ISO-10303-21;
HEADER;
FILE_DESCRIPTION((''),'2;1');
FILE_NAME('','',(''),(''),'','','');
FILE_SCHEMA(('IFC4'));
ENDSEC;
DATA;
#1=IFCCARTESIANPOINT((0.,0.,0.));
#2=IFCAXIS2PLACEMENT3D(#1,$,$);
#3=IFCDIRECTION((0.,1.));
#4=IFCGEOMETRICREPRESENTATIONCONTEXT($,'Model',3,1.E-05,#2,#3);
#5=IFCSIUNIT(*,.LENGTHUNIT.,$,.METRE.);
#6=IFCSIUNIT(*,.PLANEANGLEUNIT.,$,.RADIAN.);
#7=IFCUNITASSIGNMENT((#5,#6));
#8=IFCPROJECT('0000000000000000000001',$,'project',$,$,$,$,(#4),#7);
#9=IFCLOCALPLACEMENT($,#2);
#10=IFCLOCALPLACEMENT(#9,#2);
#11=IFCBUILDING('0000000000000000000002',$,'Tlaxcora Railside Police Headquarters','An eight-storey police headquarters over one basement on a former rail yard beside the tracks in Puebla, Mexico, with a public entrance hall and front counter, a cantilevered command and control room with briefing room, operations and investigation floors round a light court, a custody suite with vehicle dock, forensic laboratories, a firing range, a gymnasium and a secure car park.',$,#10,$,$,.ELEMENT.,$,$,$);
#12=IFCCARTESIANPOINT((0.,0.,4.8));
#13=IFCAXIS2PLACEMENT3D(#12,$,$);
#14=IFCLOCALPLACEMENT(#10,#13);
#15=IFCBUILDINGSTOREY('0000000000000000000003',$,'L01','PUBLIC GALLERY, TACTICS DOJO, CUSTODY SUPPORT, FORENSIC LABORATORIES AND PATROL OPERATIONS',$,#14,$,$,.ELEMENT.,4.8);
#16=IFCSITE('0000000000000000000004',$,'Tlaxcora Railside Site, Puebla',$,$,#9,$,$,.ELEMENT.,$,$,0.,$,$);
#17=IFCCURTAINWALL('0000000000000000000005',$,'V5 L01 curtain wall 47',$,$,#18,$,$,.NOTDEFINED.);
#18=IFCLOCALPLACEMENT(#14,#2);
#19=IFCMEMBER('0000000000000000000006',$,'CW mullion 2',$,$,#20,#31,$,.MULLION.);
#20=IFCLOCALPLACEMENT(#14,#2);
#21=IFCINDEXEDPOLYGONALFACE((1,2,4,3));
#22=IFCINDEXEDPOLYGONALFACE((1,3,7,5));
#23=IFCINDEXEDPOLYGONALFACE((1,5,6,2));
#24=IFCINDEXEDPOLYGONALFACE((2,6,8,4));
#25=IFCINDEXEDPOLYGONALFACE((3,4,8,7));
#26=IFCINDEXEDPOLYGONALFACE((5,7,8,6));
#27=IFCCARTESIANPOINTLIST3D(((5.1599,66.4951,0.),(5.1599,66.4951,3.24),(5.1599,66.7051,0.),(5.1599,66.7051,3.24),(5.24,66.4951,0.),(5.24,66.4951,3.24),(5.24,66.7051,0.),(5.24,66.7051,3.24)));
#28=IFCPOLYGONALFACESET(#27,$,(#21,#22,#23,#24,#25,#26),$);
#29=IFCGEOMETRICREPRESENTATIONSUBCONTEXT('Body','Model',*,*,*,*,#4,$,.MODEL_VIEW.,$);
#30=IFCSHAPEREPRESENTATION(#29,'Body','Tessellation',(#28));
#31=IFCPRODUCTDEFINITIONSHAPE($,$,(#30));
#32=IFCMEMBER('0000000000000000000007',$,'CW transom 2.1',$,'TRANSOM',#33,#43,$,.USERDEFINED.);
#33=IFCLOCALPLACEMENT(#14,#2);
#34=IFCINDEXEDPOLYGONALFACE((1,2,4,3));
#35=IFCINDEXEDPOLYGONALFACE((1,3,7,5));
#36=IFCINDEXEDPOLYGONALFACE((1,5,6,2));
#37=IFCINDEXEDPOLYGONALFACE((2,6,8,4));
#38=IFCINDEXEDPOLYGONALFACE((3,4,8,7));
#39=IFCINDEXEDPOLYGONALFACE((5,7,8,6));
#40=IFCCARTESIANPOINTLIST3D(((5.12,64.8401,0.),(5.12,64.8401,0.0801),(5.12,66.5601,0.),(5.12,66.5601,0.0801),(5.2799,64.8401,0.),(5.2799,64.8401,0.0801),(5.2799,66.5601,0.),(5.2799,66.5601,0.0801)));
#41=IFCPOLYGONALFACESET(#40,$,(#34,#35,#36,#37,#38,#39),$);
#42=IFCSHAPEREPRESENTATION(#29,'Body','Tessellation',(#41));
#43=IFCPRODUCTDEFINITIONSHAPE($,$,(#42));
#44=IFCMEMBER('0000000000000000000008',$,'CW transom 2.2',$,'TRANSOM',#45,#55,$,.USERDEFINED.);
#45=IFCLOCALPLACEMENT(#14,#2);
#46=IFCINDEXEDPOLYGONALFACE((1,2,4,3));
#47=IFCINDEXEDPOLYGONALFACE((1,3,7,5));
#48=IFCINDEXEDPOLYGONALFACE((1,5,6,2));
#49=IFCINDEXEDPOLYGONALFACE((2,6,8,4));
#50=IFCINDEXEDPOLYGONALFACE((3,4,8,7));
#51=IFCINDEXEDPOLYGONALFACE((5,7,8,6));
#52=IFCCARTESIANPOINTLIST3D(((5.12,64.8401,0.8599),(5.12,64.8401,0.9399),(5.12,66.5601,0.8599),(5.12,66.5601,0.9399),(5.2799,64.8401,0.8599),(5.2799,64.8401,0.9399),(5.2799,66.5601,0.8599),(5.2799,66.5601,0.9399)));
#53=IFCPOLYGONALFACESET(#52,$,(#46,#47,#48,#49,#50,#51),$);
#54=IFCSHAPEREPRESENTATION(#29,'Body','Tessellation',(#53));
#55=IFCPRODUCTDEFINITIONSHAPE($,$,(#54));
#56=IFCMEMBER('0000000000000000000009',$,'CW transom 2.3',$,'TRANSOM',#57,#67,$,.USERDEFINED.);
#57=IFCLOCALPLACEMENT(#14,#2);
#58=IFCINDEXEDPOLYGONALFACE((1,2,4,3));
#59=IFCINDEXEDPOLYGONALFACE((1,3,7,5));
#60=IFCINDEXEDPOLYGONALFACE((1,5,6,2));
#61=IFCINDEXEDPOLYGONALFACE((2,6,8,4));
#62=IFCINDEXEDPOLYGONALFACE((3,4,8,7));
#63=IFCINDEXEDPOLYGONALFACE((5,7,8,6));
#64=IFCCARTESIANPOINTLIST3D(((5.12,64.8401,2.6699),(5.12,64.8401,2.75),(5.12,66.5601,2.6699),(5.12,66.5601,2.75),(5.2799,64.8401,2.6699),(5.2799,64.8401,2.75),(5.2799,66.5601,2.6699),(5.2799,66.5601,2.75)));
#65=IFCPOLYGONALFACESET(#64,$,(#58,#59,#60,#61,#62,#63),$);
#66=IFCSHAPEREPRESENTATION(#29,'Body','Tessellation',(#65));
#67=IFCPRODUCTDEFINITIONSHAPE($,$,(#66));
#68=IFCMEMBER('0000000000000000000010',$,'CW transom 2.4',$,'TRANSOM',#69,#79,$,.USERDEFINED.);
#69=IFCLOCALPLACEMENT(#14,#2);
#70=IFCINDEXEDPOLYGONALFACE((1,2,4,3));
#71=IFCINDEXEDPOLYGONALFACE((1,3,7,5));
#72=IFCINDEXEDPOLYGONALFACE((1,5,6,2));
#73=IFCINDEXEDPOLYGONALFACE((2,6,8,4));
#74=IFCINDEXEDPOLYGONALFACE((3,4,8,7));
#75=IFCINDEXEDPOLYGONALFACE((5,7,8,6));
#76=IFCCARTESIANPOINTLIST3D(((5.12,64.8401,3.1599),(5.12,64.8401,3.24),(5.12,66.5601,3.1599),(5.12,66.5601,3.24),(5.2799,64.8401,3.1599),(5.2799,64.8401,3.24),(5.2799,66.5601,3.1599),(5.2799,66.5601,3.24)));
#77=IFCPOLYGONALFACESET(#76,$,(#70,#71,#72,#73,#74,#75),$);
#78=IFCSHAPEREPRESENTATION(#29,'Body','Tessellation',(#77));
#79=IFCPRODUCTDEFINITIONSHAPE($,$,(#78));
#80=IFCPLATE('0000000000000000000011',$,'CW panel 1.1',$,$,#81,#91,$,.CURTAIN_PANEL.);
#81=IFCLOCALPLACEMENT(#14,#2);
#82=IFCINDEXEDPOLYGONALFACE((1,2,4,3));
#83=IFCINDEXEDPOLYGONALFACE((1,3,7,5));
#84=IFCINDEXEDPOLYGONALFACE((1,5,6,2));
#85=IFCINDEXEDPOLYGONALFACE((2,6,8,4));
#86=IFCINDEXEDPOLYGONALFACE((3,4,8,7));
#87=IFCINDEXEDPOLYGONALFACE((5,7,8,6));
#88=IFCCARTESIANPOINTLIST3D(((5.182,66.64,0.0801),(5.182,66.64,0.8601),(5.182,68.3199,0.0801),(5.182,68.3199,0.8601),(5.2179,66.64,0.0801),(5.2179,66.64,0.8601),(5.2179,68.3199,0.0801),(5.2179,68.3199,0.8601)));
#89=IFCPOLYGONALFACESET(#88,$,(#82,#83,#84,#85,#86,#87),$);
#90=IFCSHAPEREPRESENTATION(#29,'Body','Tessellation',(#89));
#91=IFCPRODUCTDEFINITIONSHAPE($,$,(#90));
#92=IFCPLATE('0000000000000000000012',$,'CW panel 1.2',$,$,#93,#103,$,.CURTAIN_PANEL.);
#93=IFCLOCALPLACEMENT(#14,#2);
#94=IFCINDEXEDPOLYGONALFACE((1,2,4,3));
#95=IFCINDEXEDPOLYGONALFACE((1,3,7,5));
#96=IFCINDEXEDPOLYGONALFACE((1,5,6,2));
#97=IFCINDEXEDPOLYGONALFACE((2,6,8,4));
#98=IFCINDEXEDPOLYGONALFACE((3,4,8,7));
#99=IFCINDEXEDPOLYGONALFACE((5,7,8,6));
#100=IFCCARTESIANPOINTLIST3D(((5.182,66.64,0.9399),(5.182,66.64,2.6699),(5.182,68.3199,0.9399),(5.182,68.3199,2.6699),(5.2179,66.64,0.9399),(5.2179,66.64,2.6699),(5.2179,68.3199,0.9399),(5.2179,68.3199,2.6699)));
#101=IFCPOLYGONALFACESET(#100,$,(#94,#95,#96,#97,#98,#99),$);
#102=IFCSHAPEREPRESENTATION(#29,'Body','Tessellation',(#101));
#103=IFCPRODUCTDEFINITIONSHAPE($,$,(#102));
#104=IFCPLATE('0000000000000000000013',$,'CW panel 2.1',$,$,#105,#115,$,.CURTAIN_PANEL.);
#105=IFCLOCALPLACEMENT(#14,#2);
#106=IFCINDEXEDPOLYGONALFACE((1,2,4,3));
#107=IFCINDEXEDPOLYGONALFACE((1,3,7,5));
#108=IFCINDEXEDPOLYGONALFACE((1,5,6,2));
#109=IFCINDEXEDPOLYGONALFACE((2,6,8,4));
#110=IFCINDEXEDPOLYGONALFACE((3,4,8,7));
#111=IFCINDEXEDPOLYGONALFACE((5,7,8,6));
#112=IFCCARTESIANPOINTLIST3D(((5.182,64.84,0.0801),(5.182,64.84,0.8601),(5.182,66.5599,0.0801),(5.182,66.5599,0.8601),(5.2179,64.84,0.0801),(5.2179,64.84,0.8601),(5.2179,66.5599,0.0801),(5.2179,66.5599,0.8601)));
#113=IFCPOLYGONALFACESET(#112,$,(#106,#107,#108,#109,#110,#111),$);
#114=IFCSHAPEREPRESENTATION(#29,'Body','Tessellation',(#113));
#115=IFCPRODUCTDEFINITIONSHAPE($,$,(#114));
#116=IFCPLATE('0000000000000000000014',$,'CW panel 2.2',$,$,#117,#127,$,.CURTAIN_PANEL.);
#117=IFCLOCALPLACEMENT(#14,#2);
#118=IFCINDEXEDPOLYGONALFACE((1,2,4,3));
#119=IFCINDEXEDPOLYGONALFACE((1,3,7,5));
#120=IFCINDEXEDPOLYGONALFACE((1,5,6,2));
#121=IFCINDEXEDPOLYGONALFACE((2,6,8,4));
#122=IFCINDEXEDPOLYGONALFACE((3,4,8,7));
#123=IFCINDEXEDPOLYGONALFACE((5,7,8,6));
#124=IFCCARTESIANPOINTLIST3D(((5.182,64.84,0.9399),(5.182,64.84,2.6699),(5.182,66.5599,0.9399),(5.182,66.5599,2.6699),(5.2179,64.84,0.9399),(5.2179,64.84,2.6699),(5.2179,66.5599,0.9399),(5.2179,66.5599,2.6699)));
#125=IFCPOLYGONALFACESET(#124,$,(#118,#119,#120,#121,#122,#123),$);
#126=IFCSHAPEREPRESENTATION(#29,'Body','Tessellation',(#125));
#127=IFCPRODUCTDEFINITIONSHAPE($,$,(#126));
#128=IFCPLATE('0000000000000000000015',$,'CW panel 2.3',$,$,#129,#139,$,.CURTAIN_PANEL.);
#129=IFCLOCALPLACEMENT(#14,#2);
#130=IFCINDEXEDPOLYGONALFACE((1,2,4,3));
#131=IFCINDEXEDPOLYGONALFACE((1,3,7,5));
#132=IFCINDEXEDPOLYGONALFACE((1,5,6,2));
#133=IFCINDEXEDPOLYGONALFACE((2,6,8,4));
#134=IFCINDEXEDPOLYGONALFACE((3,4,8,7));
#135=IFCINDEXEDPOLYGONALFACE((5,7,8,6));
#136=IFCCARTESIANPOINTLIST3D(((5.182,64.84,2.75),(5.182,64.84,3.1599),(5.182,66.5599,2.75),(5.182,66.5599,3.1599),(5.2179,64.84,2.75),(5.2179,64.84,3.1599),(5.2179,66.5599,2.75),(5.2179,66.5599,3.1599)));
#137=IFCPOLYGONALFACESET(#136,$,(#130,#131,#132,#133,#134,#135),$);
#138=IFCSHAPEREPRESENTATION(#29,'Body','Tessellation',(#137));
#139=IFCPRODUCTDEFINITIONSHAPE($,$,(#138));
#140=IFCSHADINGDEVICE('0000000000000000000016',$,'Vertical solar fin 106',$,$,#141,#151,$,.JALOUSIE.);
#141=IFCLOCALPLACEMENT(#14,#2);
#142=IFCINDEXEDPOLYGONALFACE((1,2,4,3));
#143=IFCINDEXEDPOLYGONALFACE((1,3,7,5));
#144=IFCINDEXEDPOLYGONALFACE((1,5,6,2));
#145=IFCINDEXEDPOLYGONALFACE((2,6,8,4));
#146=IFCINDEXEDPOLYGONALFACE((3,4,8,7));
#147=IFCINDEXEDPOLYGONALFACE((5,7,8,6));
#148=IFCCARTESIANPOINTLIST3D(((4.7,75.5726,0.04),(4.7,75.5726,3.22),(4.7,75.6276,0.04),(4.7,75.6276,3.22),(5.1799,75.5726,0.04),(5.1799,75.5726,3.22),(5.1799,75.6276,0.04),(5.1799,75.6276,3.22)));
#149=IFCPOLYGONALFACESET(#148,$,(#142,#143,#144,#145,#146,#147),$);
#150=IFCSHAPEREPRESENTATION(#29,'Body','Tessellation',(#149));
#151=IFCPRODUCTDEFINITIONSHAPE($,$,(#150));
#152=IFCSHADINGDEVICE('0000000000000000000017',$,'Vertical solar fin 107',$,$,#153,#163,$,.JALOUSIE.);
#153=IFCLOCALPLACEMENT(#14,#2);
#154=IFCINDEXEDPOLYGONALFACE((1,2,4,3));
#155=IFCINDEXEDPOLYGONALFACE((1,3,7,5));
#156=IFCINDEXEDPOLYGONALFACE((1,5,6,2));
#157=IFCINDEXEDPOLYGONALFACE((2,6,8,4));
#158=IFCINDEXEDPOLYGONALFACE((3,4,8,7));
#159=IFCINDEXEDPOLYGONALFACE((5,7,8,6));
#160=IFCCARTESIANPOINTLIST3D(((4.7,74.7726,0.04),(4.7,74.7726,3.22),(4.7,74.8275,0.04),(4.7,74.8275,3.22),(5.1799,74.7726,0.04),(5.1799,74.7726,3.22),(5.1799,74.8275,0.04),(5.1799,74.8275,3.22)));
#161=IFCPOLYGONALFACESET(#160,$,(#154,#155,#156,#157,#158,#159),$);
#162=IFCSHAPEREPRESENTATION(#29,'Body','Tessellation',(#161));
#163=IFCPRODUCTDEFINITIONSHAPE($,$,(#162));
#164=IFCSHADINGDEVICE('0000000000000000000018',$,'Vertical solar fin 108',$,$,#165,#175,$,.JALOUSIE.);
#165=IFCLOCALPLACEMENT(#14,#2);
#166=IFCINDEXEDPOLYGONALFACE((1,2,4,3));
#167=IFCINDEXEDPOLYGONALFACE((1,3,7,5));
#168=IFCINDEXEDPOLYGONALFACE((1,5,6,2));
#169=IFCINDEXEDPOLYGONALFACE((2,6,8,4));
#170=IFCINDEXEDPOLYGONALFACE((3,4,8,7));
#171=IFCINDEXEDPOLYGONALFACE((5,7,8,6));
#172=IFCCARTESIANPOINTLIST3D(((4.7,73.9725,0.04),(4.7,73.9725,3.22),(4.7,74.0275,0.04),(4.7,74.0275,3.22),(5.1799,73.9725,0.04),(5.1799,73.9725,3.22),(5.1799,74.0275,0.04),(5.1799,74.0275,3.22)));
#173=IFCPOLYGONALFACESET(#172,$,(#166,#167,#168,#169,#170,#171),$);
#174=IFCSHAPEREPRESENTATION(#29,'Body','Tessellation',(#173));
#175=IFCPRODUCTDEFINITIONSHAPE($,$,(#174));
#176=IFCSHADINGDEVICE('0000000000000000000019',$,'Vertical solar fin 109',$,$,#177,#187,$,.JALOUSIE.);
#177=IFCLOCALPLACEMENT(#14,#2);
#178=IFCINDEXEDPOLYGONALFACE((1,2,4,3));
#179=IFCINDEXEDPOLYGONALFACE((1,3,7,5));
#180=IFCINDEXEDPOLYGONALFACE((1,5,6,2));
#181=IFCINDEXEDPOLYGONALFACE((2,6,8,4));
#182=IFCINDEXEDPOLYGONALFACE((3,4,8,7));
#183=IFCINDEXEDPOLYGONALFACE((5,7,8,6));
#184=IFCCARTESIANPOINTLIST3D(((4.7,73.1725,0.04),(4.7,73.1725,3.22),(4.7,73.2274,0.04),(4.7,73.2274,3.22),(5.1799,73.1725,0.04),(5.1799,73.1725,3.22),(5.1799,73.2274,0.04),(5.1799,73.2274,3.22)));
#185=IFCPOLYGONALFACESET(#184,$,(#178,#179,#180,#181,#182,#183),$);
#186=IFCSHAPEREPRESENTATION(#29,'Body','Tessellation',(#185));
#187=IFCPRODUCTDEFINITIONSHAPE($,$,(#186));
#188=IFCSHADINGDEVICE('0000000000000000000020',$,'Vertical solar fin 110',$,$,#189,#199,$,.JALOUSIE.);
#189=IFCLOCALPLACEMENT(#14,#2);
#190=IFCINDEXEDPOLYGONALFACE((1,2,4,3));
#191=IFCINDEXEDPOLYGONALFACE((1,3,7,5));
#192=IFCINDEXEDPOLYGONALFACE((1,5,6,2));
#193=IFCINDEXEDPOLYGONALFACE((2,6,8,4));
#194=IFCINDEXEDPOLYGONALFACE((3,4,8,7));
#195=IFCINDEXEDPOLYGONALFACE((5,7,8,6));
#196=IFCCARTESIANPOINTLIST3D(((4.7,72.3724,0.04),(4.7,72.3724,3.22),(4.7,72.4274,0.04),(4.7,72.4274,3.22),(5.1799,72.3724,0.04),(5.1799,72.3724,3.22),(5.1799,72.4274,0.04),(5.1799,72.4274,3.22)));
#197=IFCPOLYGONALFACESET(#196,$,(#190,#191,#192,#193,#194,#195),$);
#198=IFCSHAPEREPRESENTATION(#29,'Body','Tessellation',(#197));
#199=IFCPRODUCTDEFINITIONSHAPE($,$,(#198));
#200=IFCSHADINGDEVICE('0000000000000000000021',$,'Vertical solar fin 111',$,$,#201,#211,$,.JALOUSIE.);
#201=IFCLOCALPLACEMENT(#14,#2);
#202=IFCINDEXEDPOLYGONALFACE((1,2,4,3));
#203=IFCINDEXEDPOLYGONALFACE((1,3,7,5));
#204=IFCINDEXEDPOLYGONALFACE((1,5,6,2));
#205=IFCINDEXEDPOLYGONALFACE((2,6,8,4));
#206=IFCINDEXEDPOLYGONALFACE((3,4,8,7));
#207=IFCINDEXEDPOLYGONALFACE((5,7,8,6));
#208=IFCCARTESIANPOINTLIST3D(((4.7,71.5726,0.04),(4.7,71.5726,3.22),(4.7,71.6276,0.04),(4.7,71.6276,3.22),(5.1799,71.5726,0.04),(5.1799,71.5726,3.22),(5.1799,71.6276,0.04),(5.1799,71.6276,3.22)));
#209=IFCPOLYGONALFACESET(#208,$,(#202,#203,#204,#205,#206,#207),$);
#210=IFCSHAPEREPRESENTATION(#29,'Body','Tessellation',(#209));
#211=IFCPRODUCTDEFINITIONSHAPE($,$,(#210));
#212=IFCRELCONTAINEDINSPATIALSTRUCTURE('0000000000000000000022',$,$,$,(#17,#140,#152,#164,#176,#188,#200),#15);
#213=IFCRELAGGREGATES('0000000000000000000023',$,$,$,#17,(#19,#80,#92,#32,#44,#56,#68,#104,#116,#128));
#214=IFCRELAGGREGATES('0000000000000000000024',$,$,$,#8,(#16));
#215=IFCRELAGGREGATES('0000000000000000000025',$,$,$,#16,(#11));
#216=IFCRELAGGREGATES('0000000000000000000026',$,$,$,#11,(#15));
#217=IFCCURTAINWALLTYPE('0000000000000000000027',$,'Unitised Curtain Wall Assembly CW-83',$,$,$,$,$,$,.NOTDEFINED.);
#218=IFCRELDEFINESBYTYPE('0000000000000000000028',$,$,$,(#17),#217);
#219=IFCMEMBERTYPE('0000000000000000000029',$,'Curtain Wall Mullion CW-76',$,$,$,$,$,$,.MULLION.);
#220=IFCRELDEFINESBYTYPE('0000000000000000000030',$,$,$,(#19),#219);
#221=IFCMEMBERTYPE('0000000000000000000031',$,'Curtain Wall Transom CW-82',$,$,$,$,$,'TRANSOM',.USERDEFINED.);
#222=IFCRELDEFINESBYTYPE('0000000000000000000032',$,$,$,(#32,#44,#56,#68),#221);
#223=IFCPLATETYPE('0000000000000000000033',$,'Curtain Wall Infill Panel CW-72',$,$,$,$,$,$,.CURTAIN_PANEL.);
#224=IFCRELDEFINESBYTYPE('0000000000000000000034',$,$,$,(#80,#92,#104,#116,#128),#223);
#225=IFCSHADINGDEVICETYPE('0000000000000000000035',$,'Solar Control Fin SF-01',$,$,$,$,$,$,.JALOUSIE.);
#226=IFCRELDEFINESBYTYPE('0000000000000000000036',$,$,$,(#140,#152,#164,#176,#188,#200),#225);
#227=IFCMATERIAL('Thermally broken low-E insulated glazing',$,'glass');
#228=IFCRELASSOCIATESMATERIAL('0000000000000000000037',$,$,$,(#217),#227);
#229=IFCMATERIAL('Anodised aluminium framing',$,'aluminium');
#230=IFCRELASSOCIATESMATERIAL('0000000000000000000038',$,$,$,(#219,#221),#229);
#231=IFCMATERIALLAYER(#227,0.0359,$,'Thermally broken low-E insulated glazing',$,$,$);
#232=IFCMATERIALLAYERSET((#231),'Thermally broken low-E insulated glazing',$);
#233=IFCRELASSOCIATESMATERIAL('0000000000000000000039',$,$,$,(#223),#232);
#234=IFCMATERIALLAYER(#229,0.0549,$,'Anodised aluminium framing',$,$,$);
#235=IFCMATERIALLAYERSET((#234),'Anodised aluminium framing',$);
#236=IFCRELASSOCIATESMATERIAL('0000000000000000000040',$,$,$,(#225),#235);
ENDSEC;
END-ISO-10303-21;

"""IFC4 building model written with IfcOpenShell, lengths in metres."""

from ifc_helpers import new_model, si_unit, direction, frame, origin, origin_2d, place, context, subcontext, project, spatial, rectangle, extrude, material, layer, layer_set, material_profile, profile_set, type_object, element, aggregate, save


model = new_model("IFC4")

# Units and contexts
model_context = context("Model", 3, precision=1e-05, world=origin(), true_north=direction((0.0, 1.0)))
body_context = subcontext(model_context, "Body", "Model", "MODEL_VIEW")
ifc_project = project(units=[si_unit("LENGTHUNIT", "METRE"), si_unit("PLANEANGLEUNIT", "RADIAN")], contexts=[model_context])

# Site, building, storey
site_placement = place(None, origin())
site = spatial("IfcSite", under=ifc_project, at=site_placement, Name="Tlaxcora Railside Site, Puebla", CompositionType="ELEMENT", RefElevation=0.0)
building_placement = place(site_placement, origin())
building = spatial("IfcBuilding", under=site, at=building_placement, Name="Tlaxcora Railside Police Headquarters", Description="An eight-storey police headquarters over one basement on a former rail yard beside the tracks in Puebla, Mexico, with a public entrance hall and front counter, a cantilevered command and control room with briefing room, operations and investigation floors round a light court, a custody suite with vehicle dock, forensic laboratories, a firing range, a gymnasium and a secure car park.", CompositionType="ELEMENT")
storey_placement = place(building_placement, frame((0.0, 0.0, 4.8)))
storey = spatial("IfcBuildingStorey", under=building, at=storey_placement, Name="L01", Description="PUBLIC GALLERY, TACTICS DOJO, CUSTODY SUPPORT, FORENSIC LABORATORIES AND PATROL OPERATIONS", CompositionType="ELEMENT", Elevation=4.8)

# Curtain wall, members, plates
ifc_material_1 = material(Name="Thermally broken low-E insulated glazing", Category="glass")
curtain_wall_type = type_object("IfcCurtainWallType", Name="Unitised Curtain Wall Assembly CW-83", PredefinedType="NOTDEFINED", material=ifc_material_1)
curtain_wall_placement = place(storey_placement, origin())
curtain_wall = element("IfcCurtainWall", 1, at=curtain_wall_placement, inside=storey, type_object=curtain_wall_type, Name="V5 L01 curtain wall 47", PredefinedType="NOTDEFINED")
ifc_material_2 = material(Name="Anodised aluminium framing", Category="aluminium")
ifc_material_profile_1 = material_profile(ifc_material_2, rectangle(XDim=0.0801, YDim=0.21, at=origin_2d()), Name="AL80X210")
ifc_profile_set_1 = profile_set([ifc_material_profile_1], Name="Anodised aluminium framing")
member_type_1 = type_object("IfcMemberType", Name="Curtain Wall Mullion CW-76", PredefinedType="MULLION", material=ifc_profile_set_1)
member_1_placement = place(storey_placement, frame((5.2, 66.6001, 0.0), z_axis=(0.0, 0.0, 1.0), x_axis=(1.0, 0.0, 0.0)))
member_1 = element("IfcMember", 2, at=member_1_placement, type_object=member_type_1, Name="CW mullion 2", PredefinedType="MULLION", context=body_context, shape_type="SweptSolid", body=[
    extrude(rectangle(XDim=0.0801, YDim=0.21, at=origin_2d()), origin(), (0.0, 0.0, 1.0), 3.24),
])
ifc_material_profile_2 = material_profile(ifc_material_2, rectangle(XDim=0.1599, YDim=0.0801, at=origin_2d()), Name="AL80X160")
ifc_profile_set_2 = profile_set([ifc_material_profile_2], Name="Anodised aluminium framing")
member_type_2 = type_object("IfcMemberType", Name="Curtain Wall Transom CW-82", ElementType="TRANSOM", PredefinedType="USERDEFINED", material=ifc_profile_set_2)
member_2_placement = place(storey_placement, frame((5.2, 66.5601, 0.04), z_axis=(0.0, -1.0, 0.0), x_axis=(1.0, 0.0, 0.0)))
member_2 = element("IfcMember", 3, at=member_2_placement, type_object=member_type_2, Name="CW transom 2.1", ObjectType="TRANSOM", PredefinedType="USERDEFINED", context=body_context, shape_type="SweptSolid", body=[
    extrude(rectangle(XDim=0.1599, YDim=0.0801, at=origin_2d()), origin(), (0.0, 0.0, 1.0), 1.72),
])
member_3_placement = place(storey_placement, frame((5.2, 66.5601, 0.8999), z_axis=(0.0, -1.0, 0.0), x_axis=(1.0, 0.0, 0.0)))
member_3 = element("IfcMember", 4, at=member_3_placement, type_object=member_type_2, Name="CW transom 2.2", ObjectType="TRANSOM", PredefinedType="USERDEFINED", context=body_context, shape_type="SweptSolid", body=[
    extrude(rectangle(XDim=0.1599, YDim=0.0801, at=origin_2d()), origin(), (0.0, 0.0, 1.0), 1.72),
])
member_4_placement = place(storey_placement, frame((5.2, 66.5601, 2.71), z_axis=(0.0, -1.0, 0.0), x_axis=(1.0, 0.0, 0.0)))
member_4 = element("IfcMember", 5, at=member_4_placement, type_object=member_type_2, Name="CW transom 2.3", ObjectType="TRANSOM", PredefinedType="USERDEFINED", context=body_context, shape_type="SweptSolid", body=[
    extrude(rectangle(XDim=0.1599, YDim=0.0801, at=origin_2d()), origin(), (0.0, 0.0, 1.0), 1.72),
])
member_5_placement = place(storey_placement, frame((5.2, 66.5601, 3.2), z_axis=(0.0, -1.0, 0.0), x_axis=(1.0, 0.0, 0.0)))
member_5 = element("IfcMember", 6, at=member_5_placement, type_object=member_type_2, Name="CW transom 2.4", ObjectType="TRANSOM", PredefinedType="USERDEFINED", context=body_context, shape_type="SweptSolid", body=[
    extrude(rectangle(XDim=0.1599, YDim=0.0801, at=origin_2d()), origin(), (0.0, 0.0, 1.0), 1.72),
])
ifc_layer_1 = layer(ifc_material_1, 0.0359, Name="Thermally broken low-E insulated glazing")
ifc_layer_set_1 = layer_set([ifc_layer_1], Name="Thermally broken low-E insulated glazing")
plate_type = type_object("IfcPlateType", Name="Curtain Wall Infill Panel CW-72", PredefinedType="CURTAIN_PANEL", material=ifc_layer_set_1)
plate_1_placement = place(storey_placement, frame((5.2, 67.48, 0.0801), z_axis=(0.0, 0.0, 1.0), x_axis=(0.0, -1.0, 0.0)))
plate_1 = element("IfcPlate", 7, at=plate_1_placement, type_object=plate_type, Name="CW panel 1.1", PredefinedType="CURTAIN_PANEL", context=body_context, shape_type="SweptSolid", body=[
    extrude(rectangle(XDim=1.6799, YDim=0.0359, at=origin_2d()), origin(), (0.0, 0.0, 1.0), 0.78),
])
plate_2_placement = place(storey_placement, frame((5.2, 67.48, 0.9399), z_axis=(0.0, 0.0, 1.0), x_axis=(0.0, -1.0, 0.0)))
plate_2 = element("IfcPlate", 8, at=plate_2_placement, type_object=plate_type, Name="CW panel 1.2", PredefinedType="CURTAIN_PANEL", context=body_context, shape_type="SweptSolid", body=[
    extrude(rectangle(XDim=1.6799, YDim=0.0359, at=origin_2d()), origin(), (0.0, 0.0, 1.0), 1.73),
])
plate_3_placement = place(storey_placement, frame((5.2, 65.7, 0.0801), z_axis=(0.0, 0.0, 1.0), x_axis=(0.0, -1.0, 0.0)))
plate_3 = element("IfcPlate", 9, at=plate_3_placement, type_object=plate_type, Name="CW panel 2.1", PredefinedType="CURTAIN_PANEL", context=body_context, shape_type="SweptSolid", body=[
    extrude(rectangle(XDim=1.72, YDim=0.0359, at=origin_2d()), origin(), (0.0, 0.0, 1.0), 0.78),
])
plate_4_placement = place(storey_placement, frame((5.2, 65.7, 0.9399), z_axis=(0.0, 0.0, 1.0), x_axis=(0.0, -1.0, 0.0)))
plate_4 = element("IfcPlate", 10, at=plate_4_placement, type_object=plate_type, Name="CW panel 2.2", PredefinedType="CURTAIN_PANEL", context=body_context, shape_type="SweptSolid", body=[
    extrude(rectangle(XDim=1.72, YDim=0.0359, at=origin_2d()), origin(), (0.0, 0.0, 1.0), 1.73),
])
plate_5_placement = place(storey_placement, frame((5.2, 65.7, 2.75), z_axis=(0.0, 0.0, 1.0), x_axis=(0.0, -1.0, 0.0)))
plate_5 = element("IfcPlate", 11, at=plate_5_placement, type_object=plate_type, Name="CW panel 2.3", PredefinedType="CURTAIN_PANEL", context=body_context, shape_type="SweptSolid", body=[
    extrude(rectangle(XDim=1.72, YDim=0.0359, at=origin_2d()), origin(), (0.0, 0.0, 1.0), 0.4099),
])
aggregate(curtain_wall, [member_1, plate_1, plate_2, member_2, member_3, member_4, member_5, plate_3, plate_4, plate_5])

# Shading devices
ifc_layer_2 = layer(ifc_material_2, 0.0549, Name="Anodised aluminium framing")
ifc_layer_set_2 = layer_set([ifc_layer_2], Name="Anodised aluminium framing")
shading_device_type = type_object("IfcShadingDeviceType", Name="Solar Control Fin SF-01", PredefinedType="JALOUSIE", material=ifc_layer_set_2)
for number, where, z_axis, x_axis, name in (
    (12, (4.9399, 75.6001, 0.04), (0.0, 0.0, 1.0), (-1.0, 0.0, 0.0), "Vertical solar fin 106"),
    (13, (4.9399, 74.8, 0.04), (0.0, 0.0, 1.0), (-1.0, 0.0, 0.0), "Vertical solar fin 107"),
    (14, (4.9399, 74.0, 0.04), (0.0, 0.0, 1.0), (-1.0, 0.0, 0.0), "Vertical solar fin 108"),
    (15, (4.9399, 73.2, 0.04), (0.0, 0.0, 1.0), (-1.0, 0.0, 0.0), "Vertical solar fin 109"),
    (16, (4.9399, 72.3999, 0.04), (0.0, 0.0, 1.0), (-1.0, 0.0, 0.0), "Vertical solar fin 110"),
    (17, (4.9399, 71.6001, 0.04), (0.0, 0.0, 1.0), (-1.0, 0.0, 0.0), "Vertical solar fin 111"),
):
    element("IfcShadingDevice", number, at=place(storey_placement, frame(where, z_axis=z_axis, x_axis=x_axis)), inside=storey, type_object=shading_device_type, Name=name, PredefinedType="JALOUSIE", context=body_context, shape_type="SweptSolid", body=[
        extrude(rectangle(XDim=0.48, YDim=0.0549, at=origin_2d()), origin(), (0.0, 0.0, 1.0), 3.1799),
    ])

save(model, "model.ifc")
